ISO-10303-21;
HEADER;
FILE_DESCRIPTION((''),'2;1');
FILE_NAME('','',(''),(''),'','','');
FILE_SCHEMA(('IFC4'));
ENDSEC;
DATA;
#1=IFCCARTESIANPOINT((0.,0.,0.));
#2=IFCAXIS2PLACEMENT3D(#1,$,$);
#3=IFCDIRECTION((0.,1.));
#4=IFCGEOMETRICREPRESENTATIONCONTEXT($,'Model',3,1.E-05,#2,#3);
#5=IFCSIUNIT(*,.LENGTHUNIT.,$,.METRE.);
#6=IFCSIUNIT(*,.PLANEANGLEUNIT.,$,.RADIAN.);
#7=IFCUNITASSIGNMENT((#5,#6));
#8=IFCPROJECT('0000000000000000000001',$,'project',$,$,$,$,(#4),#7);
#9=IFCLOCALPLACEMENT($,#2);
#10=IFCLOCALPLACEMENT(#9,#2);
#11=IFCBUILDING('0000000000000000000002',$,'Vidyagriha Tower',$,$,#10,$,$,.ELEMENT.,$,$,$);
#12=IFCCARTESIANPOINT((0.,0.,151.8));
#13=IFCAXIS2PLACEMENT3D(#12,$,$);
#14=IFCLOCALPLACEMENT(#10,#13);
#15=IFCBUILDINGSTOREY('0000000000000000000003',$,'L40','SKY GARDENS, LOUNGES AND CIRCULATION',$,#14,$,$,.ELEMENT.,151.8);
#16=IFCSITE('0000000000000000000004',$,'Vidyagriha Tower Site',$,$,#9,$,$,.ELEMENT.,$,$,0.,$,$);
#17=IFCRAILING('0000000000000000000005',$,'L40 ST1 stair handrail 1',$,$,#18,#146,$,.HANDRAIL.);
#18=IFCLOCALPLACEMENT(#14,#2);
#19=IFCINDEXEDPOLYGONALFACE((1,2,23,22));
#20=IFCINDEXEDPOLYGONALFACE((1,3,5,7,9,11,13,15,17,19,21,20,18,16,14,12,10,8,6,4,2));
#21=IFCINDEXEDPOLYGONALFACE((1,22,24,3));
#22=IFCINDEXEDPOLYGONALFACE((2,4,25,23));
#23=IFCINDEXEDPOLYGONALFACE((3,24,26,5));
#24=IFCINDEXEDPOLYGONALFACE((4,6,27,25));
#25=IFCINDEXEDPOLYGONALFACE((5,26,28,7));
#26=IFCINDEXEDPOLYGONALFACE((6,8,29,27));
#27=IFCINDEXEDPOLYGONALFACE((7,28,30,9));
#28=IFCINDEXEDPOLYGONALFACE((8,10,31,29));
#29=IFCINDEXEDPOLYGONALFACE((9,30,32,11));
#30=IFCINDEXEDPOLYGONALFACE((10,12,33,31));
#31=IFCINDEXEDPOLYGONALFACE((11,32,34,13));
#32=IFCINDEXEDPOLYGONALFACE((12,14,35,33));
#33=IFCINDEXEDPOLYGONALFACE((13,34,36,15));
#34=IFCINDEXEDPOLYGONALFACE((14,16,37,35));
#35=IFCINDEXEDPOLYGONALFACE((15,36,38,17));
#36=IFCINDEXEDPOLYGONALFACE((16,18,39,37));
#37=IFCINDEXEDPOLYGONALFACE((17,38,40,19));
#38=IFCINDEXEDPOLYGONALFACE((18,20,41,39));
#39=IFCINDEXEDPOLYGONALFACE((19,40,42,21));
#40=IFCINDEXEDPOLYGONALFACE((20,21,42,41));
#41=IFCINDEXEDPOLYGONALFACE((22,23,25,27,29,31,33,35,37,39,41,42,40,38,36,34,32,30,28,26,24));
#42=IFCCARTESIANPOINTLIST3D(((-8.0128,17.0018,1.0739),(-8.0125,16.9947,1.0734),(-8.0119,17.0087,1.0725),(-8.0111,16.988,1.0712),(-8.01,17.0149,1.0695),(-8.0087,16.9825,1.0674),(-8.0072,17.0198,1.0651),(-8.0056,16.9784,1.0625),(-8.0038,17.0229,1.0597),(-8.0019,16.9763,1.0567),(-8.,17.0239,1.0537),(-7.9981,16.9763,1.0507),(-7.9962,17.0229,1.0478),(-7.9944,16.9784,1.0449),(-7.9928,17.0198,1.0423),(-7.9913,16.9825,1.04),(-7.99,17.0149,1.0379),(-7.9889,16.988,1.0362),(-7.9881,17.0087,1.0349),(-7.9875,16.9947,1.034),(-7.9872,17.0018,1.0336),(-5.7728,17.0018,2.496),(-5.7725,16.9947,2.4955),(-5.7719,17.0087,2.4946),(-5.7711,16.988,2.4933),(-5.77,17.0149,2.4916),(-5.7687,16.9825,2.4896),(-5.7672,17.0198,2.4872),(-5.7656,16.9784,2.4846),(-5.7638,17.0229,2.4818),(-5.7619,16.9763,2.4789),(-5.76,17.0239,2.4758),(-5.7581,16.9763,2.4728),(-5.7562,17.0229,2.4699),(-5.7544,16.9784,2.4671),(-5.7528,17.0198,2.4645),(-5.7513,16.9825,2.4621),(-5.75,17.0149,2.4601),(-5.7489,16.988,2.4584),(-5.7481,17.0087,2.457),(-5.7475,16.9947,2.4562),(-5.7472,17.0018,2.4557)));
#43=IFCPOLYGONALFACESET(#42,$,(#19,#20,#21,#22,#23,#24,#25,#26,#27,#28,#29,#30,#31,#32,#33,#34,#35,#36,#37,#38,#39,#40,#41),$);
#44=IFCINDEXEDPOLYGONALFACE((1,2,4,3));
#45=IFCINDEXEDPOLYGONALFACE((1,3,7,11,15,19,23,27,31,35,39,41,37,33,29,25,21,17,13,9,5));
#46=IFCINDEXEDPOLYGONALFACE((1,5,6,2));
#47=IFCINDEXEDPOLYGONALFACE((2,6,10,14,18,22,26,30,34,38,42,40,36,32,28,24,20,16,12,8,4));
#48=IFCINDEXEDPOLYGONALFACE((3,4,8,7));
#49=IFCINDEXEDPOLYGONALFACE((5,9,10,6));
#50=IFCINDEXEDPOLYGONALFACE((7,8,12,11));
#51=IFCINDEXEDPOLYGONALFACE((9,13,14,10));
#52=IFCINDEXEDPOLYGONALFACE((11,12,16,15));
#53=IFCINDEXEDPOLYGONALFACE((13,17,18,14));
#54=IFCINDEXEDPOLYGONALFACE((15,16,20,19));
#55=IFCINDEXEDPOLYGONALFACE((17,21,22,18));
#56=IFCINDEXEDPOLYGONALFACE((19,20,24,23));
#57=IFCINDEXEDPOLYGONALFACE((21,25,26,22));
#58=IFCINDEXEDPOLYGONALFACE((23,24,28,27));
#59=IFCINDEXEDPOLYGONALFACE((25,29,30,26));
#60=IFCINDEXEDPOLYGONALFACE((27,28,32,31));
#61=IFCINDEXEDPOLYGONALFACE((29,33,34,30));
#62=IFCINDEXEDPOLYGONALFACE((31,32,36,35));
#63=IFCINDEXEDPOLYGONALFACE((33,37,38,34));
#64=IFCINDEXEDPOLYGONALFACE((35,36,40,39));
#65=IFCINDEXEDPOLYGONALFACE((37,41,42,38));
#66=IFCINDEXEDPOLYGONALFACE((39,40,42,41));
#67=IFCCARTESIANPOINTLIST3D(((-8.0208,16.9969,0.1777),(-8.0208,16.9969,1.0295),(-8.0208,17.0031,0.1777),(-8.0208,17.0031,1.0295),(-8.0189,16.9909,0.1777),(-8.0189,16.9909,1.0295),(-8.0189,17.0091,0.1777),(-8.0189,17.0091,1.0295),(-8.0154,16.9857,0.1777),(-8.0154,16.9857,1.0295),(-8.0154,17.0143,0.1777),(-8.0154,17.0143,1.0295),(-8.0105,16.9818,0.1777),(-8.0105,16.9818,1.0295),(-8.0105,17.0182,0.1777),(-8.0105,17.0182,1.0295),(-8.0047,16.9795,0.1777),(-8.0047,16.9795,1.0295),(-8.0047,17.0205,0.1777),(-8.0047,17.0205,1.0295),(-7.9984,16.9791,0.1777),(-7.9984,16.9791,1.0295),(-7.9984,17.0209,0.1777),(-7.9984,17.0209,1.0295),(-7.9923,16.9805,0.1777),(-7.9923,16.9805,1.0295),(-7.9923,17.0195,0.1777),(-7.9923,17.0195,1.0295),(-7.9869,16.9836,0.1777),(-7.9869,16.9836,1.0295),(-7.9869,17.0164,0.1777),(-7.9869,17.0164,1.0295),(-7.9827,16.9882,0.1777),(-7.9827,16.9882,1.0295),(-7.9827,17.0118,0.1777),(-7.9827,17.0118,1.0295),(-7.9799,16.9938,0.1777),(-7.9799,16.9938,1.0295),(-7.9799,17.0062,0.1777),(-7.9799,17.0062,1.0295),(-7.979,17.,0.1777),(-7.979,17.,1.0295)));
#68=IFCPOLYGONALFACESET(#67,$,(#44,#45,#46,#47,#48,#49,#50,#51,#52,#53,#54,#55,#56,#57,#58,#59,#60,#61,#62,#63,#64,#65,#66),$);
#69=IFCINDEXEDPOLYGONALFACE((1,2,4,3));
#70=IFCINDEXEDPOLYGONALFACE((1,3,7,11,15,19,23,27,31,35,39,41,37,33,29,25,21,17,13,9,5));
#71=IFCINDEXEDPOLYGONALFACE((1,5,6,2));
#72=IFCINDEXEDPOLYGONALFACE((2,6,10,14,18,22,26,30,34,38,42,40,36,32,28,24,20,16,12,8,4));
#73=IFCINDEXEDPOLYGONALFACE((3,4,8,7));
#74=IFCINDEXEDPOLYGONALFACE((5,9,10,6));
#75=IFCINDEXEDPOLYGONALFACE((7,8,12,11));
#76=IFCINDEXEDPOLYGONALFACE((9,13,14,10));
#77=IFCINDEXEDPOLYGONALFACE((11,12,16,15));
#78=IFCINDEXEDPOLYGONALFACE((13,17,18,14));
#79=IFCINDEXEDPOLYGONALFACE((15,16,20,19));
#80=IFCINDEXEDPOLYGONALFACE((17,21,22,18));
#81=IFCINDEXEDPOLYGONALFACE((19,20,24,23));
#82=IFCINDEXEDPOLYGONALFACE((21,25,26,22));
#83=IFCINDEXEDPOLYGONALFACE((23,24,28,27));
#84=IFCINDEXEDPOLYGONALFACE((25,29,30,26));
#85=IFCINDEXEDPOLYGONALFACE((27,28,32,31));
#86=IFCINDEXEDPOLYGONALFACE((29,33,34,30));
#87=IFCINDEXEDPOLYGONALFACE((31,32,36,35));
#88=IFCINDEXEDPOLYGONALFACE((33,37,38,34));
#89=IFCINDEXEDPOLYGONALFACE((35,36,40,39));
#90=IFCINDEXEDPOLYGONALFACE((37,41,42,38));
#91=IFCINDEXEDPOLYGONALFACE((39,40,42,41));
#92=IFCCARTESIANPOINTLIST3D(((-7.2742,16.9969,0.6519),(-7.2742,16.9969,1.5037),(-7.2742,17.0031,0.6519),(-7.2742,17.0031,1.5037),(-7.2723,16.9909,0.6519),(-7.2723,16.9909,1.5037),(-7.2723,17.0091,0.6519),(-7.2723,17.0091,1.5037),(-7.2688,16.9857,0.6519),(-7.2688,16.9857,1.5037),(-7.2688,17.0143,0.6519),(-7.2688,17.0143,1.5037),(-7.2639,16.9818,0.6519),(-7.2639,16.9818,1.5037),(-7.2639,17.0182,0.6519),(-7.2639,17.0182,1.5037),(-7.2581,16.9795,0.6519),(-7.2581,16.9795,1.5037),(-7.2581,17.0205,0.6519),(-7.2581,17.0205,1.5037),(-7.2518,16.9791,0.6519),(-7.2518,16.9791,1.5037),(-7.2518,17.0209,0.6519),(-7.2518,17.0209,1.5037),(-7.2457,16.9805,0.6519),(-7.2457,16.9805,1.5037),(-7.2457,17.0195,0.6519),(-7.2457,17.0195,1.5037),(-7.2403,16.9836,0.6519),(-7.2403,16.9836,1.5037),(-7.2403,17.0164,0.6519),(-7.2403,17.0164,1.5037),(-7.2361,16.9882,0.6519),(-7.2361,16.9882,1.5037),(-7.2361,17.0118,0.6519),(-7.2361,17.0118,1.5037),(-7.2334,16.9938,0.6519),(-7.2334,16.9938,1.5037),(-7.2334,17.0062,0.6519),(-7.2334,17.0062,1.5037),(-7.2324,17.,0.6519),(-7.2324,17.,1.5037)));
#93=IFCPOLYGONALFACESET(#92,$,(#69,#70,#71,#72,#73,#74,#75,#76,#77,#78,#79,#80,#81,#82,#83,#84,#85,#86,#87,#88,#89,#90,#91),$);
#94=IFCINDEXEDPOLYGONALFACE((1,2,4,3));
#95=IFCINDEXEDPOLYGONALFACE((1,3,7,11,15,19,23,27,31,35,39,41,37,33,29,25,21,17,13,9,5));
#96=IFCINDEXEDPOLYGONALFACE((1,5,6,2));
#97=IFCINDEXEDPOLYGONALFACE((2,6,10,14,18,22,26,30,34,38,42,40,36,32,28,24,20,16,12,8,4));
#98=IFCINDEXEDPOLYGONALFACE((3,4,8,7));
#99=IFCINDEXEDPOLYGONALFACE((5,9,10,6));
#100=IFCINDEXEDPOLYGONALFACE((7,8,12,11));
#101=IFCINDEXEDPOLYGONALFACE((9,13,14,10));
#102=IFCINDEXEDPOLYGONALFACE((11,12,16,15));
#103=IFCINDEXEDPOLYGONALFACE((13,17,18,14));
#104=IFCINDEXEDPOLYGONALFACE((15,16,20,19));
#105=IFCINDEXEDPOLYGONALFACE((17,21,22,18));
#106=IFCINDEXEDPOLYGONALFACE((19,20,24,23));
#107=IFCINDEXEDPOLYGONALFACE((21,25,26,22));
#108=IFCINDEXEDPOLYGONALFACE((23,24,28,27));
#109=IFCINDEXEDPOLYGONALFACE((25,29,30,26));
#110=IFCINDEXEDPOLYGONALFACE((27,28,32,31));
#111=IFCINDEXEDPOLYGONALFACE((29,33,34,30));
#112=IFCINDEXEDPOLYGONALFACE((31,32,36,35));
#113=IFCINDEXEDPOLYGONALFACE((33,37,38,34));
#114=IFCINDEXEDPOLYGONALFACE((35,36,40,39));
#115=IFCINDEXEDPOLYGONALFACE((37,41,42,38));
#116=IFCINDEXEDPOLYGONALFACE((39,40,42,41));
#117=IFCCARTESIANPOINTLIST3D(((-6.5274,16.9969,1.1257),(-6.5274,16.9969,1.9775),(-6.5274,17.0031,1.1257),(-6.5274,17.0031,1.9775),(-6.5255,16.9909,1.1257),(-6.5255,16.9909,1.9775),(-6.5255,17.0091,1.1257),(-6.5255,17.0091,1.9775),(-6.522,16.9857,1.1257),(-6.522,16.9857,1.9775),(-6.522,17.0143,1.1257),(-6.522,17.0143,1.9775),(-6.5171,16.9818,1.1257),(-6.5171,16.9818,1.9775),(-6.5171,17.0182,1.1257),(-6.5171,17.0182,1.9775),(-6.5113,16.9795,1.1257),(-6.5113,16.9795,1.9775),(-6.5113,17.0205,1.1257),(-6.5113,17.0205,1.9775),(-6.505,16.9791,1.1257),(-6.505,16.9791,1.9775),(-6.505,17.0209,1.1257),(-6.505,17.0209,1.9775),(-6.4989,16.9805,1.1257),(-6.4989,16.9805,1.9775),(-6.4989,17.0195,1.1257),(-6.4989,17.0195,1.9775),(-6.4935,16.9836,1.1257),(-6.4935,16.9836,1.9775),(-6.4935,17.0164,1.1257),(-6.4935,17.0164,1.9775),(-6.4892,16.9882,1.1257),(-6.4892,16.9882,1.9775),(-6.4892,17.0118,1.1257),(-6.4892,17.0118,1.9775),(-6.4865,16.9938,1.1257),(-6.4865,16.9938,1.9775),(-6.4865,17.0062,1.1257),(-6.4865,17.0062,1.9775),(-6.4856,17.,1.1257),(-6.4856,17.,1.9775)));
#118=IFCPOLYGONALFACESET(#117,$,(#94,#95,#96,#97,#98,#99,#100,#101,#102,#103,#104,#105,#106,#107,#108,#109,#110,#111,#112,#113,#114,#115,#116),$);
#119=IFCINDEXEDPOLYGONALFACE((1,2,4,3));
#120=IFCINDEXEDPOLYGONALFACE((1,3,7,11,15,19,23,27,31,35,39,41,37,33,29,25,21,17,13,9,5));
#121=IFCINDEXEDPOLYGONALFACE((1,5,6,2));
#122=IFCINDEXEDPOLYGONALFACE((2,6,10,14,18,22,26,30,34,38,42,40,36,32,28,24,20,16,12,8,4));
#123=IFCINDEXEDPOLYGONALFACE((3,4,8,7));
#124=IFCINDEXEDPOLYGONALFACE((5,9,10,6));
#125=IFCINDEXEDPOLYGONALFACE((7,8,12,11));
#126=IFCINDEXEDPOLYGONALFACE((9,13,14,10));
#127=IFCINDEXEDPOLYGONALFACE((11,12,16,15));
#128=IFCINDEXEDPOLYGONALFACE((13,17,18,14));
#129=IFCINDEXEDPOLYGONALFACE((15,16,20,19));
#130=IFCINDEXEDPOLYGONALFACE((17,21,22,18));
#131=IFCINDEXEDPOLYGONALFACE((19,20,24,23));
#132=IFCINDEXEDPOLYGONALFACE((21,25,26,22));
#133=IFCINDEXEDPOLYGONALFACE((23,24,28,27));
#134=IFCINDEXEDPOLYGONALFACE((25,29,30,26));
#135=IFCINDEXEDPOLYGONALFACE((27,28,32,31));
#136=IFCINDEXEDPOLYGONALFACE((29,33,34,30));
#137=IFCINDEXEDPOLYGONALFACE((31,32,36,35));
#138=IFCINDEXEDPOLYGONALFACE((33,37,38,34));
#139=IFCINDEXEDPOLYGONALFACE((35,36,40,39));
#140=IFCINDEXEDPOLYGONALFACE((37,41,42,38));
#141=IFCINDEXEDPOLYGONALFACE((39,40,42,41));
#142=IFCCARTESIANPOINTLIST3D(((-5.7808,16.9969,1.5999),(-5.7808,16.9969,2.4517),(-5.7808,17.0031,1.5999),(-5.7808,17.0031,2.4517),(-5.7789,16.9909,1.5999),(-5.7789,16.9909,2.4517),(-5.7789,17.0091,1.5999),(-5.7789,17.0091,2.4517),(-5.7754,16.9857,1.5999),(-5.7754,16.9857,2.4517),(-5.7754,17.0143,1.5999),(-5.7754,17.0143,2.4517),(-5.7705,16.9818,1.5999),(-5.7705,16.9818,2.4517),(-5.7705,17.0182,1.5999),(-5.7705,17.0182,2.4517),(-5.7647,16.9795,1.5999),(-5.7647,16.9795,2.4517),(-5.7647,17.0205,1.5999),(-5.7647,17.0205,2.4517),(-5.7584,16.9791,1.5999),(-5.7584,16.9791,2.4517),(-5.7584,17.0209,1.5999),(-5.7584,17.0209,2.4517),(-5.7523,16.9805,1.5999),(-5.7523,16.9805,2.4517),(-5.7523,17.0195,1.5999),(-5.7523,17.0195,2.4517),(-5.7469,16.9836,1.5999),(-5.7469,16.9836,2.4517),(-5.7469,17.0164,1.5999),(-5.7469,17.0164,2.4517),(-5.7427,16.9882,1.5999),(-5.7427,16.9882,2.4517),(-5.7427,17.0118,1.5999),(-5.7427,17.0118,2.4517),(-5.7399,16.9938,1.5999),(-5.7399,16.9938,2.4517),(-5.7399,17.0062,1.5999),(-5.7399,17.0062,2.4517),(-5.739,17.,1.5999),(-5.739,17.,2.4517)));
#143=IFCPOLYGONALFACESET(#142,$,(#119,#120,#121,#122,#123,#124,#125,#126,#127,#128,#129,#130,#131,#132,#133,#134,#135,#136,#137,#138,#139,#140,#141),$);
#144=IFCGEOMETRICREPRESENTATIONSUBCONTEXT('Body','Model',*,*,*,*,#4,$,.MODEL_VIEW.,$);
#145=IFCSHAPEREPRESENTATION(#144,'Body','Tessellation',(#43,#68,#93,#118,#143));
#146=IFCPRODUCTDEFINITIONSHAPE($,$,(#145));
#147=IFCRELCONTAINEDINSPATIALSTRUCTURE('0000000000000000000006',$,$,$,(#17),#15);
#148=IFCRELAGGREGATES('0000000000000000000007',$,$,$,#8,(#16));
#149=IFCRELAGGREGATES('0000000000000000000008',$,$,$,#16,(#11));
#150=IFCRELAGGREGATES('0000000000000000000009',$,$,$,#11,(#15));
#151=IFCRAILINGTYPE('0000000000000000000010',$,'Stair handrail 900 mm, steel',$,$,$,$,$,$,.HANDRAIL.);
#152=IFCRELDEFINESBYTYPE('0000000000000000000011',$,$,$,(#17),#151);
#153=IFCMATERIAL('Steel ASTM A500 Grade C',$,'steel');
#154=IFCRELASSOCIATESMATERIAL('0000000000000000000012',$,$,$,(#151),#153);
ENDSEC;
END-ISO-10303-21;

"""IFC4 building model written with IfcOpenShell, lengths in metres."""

from ifc_helpers import new_model, si_unit, direction, frame, origin, origin_2d, place, context, subcontext, project, spatial, circle, extrude, material, type_object, element, save


model = new_model("IFC4")

# Units and contexts
model_context = context("Model", 3, precision=1e-05, world=origin(), true_north=direction((0.0, 1.0)))
body_context = subcontext(model_context, "Body", "Model", "MODEL_VIEW")
ifc_project = project(units=[si_unit("LENGTHUNIT", "METRE"), si_unit("PLANEANGLEUNIT", "RADIAN")], contexts=[model_context])

# Site, building, storey
site_placement = place(None, origin())
site = spatial("IfcSite", under=ifc_project, at=site_placement, Name="Vidyagriha Tower Site", CompositionType="ELEMENT", RefElevation=0.0)
building_placement = place(site_placement, origin())
building = spatial("IfcBuilding", under=site, at=building_placement, Name="Vidyagriha Tower", CompositionType="ELEMENT")
storey_placement = place(building_placement, frame((0.0, 0.0, 151.8)))
storey = spatial("IfcBuildingStorey", under=building, at=storey_placement, Name="L40", Description="SKY GARDENS, LOUNGES AND CIRCULATION", CompositionType="ELEMENT", Elevation=151.8)

# Railing
ifc_material_1 = material(Name="Steel ASTM A500 Grade C", Category="steel")
railing_type = type_object("IfcRailingType", Name="Stair handrail 900 mm, steel", PredefinedType="HANDRAIL", material=ifc_material_1)
railing_1_placement = place(storey_placement, frame((-8.0, 17.0, 0.1777)))
element("IfcRailing", 1, at=railing_1_placement, inside=storey, type_object=railing_type, Name="L40 ST1 stair handrail 1", PredefinedType="HANDRAIL", context=body_context, shape_type="SweptSolid", body=[
    extrude(circle(Radius=0.0239, at=origin_2d()), frame((0.0, 0.0, 0.876), z_axis=(0.844229, 0.0, 0.535982), x_axis=(0.0, 1.0, 0.0)), (0.0, 0.0, 1.0), 2.6533),
    extrude(circle(Radius=0.021, at=origin_2d()), origin(), (0.0, 0.0, 1.0), 0.8518),
    extrude(circle(Radius=0.021, at=origin_2d()), frame((0.7466, 0.0, 0.4741)), (0.0, 0.0, 1.0), 0.8518),
    extrude(circle(Radius=0.021, at=origin_2d()), frame((1.4934, 0.0, 0.948)), (0.0, 0.0, 1.0), 0.8518),
    extrude(circle(Radius=0.021, at=origin_2d()), frame((2.24, 0.0, 1.4221)), (0.0, 0.0, 1.0), 0.8518),
])

save(model, "model.ifc")
